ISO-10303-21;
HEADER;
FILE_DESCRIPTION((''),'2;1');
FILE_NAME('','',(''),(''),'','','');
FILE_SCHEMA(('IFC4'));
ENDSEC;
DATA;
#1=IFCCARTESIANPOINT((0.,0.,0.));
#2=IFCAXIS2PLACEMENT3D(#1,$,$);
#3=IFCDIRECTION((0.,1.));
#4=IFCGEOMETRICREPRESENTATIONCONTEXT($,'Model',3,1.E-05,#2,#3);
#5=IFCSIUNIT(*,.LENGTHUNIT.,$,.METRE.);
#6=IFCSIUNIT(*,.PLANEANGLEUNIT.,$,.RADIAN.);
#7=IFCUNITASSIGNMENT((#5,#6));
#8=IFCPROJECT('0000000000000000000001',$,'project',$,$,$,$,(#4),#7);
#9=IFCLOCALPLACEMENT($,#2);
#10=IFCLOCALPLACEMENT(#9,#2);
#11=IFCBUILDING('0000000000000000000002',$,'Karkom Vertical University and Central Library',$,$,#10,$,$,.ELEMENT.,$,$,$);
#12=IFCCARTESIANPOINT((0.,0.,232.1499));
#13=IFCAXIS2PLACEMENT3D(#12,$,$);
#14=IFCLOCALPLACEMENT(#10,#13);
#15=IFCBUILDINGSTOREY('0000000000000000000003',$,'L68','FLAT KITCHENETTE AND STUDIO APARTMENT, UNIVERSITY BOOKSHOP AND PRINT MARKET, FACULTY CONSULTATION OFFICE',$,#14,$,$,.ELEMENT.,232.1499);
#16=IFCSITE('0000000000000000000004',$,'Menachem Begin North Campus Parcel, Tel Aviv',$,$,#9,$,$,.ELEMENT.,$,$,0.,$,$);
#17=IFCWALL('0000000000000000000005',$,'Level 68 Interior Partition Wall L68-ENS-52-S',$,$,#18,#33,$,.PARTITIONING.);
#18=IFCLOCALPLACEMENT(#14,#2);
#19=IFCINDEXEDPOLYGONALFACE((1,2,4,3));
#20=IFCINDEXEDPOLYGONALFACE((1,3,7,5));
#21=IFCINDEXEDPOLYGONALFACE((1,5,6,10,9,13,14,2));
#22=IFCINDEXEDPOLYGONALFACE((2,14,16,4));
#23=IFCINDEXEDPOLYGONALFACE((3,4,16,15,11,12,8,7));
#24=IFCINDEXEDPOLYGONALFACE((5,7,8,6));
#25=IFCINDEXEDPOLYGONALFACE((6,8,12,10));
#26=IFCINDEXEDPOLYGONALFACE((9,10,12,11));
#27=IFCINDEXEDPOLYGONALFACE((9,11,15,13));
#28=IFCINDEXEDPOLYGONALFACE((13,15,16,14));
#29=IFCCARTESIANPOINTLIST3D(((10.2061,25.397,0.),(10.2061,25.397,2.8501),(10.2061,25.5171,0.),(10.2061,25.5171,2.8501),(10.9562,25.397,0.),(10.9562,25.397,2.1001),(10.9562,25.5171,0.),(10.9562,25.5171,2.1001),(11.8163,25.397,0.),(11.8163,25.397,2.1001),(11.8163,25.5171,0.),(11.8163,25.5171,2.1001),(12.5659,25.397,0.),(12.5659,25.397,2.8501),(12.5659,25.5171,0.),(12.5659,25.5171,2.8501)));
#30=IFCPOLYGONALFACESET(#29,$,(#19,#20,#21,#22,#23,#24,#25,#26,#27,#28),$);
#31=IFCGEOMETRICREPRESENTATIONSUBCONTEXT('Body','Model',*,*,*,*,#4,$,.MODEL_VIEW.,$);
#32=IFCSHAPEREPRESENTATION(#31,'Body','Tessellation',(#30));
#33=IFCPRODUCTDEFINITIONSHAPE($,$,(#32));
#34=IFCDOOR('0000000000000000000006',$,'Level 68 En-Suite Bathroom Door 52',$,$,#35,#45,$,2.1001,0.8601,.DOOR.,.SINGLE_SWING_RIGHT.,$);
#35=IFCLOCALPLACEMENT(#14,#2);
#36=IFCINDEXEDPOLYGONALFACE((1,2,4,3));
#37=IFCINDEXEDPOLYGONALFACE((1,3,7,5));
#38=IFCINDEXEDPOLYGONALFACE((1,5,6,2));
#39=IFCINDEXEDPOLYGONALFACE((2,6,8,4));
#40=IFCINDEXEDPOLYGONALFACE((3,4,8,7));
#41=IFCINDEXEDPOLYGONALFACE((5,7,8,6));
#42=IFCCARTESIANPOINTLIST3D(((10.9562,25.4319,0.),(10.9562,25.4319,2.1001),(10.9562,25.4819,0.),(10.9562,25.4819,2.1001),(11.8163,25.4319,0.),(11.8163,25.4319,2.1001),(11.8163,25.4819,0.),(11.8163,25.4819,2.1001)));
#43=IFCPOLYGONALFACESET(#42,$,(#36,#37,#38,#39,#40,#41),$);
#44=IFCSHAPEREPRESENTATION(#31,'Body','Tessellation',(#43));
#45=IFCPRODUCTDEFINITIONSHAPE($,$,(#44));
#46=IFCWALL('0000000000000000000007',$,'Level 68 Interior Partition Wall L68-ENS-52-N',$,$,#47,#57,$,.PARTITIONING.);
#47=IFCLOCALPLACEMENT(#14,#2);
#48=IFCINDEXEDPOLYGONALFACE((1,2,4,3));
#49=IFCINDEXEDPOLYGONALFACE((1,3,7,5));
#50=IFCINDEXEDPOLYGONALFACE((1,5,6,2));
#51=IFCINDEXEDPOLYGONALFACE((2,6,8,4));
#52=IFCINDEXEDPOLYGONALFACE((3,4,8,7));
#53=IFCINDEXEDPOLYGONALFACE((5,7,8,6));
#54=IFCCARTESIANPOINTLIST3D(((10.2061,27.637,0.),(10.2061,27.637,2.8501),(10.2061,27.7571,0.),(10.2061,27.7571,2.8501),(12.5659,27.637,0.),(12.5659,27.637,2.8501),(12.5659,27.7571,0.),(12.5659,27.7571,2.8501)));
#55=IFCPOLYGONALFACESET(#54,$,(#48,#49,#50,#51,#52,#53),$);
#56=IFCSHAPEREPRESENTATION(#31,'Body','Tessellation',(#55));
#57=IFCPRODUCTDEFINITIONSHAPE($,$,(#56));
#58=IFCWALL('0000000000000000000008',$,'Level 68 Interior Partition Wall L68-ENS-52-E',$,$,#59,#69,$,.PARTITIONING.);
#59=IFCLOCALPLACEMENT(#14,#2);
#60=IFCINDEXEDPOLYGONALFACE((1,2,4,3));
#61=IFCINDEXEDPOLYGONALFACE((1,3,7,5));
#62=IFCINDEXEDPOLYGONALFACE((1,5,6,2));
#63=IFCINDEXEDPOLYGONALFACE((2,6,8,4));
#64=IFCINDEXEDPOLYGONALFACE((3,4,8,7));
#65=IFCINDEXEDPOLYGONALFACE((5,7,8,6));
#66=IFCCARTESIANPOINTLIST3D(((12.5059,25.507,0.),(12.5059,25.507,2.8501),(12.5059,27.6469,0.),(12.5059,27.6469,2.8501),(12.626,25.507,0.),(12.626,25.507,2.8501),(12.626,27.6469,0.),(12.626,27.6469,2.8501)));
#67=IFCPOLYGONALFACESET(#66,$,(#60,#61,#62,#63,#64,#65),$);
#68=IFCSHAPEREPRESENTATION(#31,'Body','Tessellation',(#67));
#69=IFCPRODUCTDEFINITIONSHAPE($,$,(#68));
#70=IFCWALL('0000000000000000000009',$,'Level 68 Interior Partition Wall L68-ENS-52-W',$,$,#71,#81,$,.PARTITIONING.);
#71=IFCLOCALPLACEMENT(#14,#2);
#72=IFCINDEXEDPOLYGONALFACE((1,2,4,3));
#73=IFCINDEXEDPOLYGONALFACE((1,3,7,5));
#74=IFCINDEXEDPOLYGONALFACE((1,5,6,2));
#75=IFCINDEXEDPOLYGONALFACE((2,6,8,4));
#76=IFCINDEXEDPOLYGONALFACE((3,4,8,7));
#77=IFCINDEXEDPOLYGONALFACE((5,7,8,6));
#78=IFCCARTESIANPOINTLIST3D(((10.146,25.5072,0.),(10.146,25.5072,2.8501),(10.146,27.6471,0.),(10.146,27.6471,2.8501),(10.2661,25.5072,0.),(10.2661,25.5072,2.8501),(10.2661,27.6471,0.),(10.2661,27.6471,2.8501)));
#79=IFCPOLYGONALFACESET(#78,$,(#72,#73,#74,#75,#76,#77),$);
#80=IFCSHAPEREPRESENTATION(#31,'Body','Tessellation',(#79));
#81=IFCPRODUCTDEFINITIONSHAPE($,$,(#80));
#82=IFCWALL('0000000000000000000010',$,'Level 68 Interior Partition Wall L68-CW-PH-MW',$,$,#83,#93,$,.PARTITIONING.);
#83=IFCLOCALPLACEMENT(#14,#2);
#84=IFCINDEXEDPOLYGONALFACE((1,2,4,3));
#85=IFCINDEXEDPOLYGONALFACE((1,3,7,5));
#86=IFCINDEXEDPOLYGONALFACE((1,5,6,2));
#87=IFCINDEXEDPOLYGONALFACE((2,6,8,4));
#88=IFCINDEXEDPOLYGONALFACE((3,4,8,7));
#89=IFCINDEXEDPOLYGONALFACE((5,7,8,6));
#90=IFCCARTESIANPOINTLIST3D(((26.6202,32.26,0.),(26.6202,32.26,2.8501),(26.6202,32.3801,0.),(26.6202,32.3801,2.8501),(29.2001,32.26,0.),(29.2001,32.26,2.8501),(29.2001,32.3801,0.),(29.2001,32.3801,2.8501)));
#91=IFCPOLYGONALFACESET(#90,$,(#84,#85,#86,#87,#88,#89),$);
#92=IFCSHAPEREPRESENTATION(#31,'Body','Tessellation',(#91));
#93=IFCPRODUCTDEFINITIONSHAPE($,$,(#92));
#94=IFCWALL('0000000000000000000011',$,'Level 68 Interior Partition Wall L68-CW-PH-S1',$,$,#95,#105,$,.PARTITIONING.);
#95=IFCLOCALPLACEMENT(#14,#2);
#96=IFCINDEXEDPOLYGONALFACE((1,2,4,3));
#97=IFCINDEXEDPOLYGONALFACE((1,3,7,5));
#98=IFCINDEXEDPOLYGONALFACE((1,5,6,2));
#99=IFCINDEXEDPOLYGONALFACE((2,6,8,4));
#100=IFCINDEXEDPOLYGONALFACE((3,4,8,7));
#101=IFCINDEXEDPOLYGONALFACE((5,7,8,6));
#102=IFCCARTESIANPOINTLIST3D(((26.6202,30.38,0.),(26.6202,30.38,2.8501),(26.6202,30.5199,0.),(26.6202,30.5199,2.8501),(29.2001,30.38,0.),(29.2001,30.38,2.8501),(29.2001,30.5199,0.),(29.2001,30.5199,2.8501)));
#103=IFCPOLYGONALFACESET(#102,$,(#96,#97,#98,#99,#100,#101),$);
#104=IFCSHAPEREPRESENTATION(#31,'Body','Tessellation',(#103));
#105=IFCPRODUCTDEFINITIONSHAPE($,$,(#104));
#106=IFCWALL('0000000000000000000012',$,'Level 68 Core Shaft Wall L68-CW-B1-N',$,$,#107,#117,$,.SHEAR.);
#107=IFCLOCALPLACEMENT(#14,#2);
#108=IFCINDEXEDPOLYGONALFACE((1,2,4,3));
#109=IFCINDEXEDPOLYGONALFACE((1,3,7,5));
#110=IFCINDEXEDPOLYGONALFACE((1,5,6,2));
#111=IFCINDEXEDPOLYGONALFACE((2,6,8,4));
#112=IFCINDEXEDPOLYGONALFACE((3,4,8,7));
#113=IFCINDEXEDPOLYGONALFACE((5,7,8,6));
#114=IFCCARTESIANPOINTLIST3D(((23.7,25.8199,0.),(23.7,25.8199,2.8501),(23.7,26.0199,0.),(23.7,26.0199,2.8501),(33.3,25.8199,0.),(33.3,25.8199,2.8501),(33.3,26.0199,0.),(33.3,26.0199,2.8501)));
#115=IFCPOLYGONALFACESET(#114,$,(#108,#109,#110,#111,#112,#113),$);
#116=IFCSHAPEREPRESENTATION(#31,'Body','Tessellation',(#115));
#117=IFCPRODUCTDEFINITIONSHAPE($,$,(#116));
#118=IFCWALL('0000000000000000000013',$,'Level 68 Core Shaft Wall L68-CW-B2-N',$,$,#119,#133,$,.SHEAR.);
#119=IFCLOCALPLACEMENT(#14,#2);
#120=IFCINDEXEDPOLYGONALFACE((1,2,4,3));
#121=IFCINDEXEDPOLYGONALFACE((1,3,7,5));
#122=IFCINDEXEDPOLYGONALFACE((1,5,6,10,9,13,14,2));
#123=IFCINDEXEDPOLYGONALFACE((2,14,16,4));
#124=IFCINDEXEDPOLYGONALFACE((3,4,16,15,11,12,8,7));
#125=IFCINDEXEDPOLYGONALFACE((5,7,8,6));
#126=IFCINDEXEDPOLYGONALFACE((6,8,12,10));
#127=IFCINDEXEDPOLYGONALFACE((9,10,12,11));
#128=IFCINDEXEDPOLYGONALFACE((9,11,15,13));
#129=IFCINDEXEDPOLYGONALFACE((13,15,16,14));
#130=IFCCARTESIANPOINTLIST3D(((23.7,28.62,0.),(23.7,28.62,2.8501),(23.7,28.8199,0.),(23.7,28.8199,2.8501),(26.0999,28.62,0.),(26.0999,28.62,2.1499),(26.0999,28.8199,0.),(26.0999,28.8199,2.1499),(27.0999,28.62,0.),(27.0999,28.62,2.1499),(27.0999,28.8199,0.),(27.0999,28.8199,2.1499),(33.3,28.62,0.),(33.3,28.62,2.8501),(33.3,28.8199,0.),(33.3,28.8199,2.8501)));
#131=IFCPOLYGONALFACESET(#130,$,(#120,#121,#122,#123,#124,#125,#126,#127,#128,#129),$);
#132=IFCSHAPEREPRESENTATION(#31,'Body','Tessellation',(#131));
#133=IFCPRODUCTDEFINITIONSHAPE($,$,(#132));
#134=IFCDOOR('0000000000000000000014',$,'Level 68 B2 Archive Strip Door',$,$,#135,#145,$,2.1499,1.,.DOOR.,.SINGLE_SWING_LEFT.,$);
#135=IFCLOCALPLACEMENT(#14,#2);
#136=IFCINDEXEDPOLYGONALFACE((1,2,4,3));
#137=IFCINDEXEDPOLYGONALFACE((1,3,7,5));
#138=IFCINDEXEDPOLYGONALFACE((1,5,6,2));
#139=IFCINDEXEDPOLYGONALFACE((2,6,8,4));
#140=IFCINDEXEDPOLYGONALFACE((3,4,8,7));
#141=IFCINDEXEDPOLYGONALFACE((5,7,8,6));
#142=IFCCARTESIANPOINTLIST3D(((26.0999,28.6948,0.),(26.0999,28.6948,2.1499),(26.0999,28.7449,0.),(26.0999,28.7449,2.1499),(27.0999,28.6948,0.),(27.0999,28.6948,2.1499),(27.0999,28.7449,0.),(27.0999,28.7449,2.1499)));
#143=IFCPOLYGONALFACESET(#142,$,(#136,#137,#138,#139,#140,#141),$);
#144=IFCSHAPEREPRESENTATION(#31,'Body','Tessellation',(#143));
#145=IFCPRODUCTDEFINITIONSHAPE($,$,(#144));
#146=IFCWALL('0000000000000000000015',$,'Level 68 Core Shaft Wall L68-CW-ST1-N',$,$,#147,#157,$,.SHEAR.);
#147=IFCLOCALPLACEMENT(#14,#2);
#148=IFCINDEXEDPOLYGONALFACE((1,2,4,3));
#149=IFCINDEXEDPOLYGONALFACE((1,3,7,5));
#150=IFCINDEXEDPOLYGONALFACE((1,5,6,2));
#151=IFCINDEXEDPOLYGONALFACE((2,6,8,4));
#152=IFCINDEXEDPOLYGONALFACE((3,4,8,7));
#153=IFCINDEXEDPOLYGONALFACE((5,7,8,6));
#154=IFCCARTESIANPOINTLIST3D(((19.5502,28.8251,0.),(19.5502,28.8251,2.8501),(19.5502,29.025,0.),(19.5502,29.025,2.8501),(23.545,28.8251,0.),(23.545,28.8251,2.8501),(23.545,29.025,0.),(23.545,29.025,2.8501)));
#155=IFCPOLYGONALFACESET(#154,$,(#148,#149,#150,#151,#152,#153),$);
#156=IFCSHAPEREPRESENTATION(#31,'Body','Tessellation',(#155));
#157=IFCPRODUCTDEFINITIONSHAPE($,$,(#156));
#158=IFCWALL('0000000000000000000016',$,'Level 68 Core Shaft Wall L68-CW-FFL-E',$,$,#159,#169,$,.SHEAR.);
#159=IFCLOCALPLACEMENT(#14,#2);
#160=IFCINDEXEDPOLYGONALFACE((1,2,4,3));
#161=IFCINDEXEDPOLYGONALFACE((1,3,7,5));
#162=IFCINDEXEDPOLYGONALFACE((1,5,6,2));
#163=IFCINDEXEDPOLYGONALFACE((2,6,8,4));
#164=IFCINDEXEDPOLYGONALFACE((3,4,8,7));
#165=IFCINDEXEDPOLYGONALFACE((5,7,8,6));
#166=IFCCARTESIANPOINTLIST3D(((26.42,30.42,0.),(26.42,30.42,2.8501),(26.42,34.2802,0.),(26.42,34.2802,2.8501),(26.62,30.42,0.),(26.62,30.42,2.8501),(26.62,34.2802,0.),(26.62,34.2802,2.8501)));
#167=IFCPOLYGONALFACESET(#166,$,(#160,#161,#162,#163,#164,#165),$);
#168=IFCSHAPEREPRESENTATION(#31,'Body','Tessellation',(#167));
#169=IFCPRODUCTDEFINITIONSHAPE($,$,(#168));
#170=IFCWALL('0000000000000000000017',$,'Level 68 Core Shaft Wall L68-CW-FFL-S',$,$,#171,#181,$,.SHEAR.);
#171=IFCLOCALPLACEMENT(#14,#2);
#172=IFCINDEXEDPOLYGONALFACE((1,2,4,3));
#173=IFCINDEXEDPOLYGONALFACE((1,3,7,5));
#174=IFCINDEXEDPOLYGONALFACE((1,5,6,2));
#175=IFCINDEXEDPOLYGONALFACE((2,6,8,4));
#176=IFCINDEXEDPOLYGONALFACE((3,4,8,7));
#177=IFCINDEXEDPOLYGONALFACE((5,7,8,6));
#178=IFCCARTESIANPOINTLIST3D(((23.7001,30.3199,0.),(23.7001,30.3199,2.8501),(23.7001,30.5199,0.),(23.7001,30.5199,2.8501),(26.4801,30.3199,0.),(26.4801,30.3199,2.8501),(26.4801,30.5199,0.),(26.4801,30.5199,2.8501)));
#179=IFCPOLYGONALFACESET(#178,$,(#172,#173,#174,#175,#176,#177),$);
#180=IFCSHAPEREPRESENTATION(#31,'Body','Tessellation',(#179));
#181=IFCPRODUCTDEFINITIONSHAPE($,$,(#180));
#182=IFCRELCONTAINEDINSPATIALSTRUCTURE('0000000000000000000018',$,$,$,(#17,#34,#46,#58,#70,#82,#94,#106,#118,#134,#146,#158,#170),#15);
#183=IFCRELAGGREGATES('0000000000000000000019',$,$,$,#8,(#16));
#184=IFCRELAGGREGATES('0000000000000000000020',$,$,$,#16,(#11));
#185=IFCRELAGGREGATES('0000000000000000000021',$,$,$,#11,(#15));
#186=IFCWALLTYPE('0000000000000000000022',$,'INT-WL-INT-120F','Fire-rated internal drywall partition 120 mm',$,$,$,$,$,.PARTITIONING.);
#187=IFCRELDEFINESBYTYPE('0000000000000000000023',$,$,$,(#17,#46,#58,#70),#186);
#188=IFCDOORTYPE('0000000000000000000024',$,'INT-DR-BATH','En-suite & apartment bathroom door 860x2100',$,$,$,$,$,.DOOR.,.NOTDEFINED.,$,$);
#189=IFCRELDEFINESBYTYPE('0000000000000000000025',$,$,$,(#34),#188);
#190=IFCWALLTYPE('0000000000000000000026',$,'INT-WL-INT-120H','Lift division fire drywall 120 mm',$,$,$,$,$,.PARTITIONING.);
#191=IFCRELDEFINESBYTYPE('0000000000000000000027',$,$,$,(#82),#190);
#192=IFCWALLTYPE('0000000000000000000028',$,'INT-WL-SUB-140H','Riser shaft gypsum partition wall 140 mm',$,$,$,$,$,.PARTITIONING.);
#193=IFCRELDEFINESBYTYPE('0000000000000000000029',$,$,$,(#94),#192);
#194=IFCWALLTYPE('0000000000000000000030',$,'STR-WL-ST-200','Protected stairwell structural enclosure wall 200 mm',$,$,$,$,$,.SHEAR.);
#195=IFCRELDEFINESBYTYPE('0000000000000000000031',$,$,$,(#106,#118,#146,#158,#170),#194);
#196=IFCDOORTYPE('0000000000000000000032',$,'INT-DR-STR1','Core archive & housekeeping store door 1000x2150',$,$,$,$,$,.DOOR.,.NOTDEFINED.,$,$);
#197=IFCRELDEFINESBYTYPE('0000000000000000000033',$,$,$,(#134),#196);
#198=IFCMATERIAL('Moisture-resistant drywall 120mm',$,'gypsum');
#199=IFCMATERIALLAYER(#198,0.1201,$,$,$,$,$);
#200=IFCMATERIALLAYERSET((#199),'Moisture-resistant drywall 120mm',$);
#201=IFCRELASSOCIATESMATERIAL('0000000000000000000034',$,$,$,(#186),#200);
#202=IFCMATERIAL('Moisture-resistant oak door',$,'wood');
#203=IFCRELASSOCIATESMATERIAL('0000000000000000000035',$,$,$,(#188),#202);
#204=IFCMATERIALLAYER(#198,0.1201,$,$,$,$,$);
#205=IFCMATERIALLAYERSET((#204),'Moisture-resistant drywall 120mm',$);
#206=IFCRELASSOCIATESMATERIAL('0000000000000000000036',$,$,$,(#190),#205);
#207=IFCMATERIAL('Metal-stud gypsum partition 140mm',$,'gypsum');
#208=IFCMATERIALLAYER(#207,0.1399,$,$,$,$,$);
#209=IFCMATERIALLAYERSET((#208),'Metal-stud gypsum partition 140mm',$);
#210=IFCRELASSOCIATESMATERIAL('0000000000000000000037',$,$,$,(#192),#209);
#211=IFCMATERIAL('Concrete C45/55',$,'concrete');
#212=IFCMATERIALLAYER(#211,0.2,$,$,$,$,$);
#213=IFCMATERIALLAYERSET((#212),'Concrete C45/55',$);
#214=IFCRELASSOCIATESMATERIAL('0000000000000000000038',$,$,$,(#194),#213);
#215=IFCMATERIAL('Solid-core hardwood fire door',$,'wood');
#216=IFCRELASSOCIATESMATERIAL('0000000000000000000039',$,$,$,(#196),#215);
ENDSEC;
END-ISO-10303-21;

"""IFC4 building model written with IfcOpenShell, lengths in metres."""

from ifc_helpers import new_model, si_unit, direction, frame, frame_2d, origin, origin_with_axes, place, context, subcontext, project, spatial, rectangle, extrude, source, transform, mapped, material, layer, layer_set, type_object, element, fill, save


model = new_model("IFC4")

# Units and contexts
model_context = context("Model", 3, precision=1e-05, world=origin(), true_north=direction((0.0, 1.0)))
body_context = subcontext(model_context, "Body", "Model", "MODEL_VIEW")
ifc_project = project(units=[si_unit("LENGTHUNIT", "METRE"), si_unit("PLANEANGLEUNIT", "RADIAN")], contexts=[model_context])

# Site, building, storey
site_placement = place(None, origin())
site = spatial("IfcSite", under=ifc_project, at=site_placement, Name="Menachem Begin North Campus Parcel, Tel Aviv", CompositionType="ELEMENT", RefElevation=0.0)
building_placement = place(site_placement, origin())
building = spatial("IfcBuilding", under=site, at=building_placement, Name="Karkom Vertical University and Central Library", CompositionType="ELEMENT")
storey_placement = place(building_placement, frame((0.0, 0.0, 232.1499)))
storey = spatial("IfcBuildingStorey", under=building, at=storey_placement, Name="L68", Description="FLAT KITCHENETTE AND STUDIO APARTMENT, UNIVERSITY BOOKSHOP AND PRINT MARKET, FACULTY CONSULTATION OFFICE", CompositionType="ELEMENT", Elevation=232.1499)

# Wall, opening, door
ifc_material_1 = material(Name="Moisture-resistant drywall 120mm", Category="gypsum")
ifc_layer_1 = layer(ifc_material_1, 0.1201)
ifc_layer_set_1 = layer_set([ifc_layer_1], Name="Moisture-resistant drywall 120mm")
wall_type_1 = type_object("IfcWallType", Name="INT-WL-INT-120F", Description="Fire-rated internal drywall partition 120 mm", PredefinedType="PARTITIONING", material=ifc_layer_set_1)
wall_1_placement = place(storey_placement, frame((10.2061, 25.457, 0.0), z_axis=(0.0, 0.0, 1.0), x_axis=(1.0, 0.0, 0.0)))
wall_1 = element("IfcWall", 1, at=wall_1_placement, inside=storey, type_object=wall_type_1, Name="Level 68 Interior Partition Wall L68-ENS-52-S", PredefinedType="PARTITIONING", context=body_context, shape_type="SweptSolid", body=[
    extrude(rectangle(XDim=2.3599, YDim=0.1201, at=frame_2d((1.1799, 0.0))), origin(), (0.0, 0.0, 1.0), 2.8501),
])
opening_1_placement = place(wall_1_placement, frame((0.75, 0.0, 0.0)))
opening_1 = element("IfcOpeningElement", 2, at=opening_1_placement, cuts=wall_1, PredefinedType="OPENING", context=body_context, shape_type="SweptSolid", body=[
    extrude(rectangle(XDim=0.8601, YDim=2.1001, at=frame_2d((0.4302, 1.05))), frame((0.0, 0.0701, 0.0), z_axis=(0.0, -1.0, 0.0), x_axis=(1.0, 0.0, 0.0)), (0.0, 0.0, 1.0), 0.1401),
])
ifc_material_2 = material(Name="Moisture-resistant oak door", Category="wood")
door_type_1 = type_object("IfcDoorType", Name="INT-DR-BATH", Description="En-suite & apartment bathroom door 860x2100", OperationType="NOTDEFINED", PredefinedType="DOOR", material=ifc_material_2)
shared_shape_1 = source(origin_with_axes(), body_context, "Body", "SweptSolid", [
    extrude(rectangle(XDim=0.8601, YDim=2.1001, at=frame_2d((0.4302, 1.05))), frame((0.0, 0.0249, 0.0), z_axis=(0.0, -1.0, 0.0), x_axis=(1.0, 0.0, 0.0)), (0.0, 0.0, 1.0), 0.05),
])
door_1_placement = place(opening_1_placement, origin())
door_1 = element("IfcDoor", 3, at=door_1_placement, inside=storey, type_object=door_type_1, Name="Level 68 En-Suite Bathroom Door 52", OperationType="SINGLE_SWING_RIGHT", OverallHeight=2.1001, OverallWidth=0.8601, PredefinedType="DOOR", context=body_context, shape_type="MappedRepresentation", body=[
    mapped(shared_shape_1, transform((0.0, 0.0, 0.0), scale=1.0)),
])
fill(opening_1, door_1)

# Walls
wall_2_placement = place(storey_placement, frame((12.5659, 27.697, 0.0), z_axis=(0.0, 0.0, 1.0), x_axis=(-1.0, 0.0, 0.0)))
element("IfcWall", 4, at=wall_2_placement, inside=storey, type_object=wall_type_1, Name="Level 68 Interior Partition Wall L68-ENS-52-N", PredefinedType="PARTITIONING", context=body_context, shape_type="SweptSolid", body=[
    extrude(rectangle(XDim=2.3599, YDim=0.1201, at=frame_2d((1.1799, 0.0))), origin(), (0.0, 0.0, 1.0), 2.8501),
])
for number, where, z_axis, x_axis, name in (
    (5, (12.5659, 25.5071, 0.0), (0.0, 0.0, 1.0), (0.0, 1.0, 0.0), "Level 68 Interior Partition Wall L68-ENS-52-E"),
    (6, (10.2061, 27.647, 0.0), (0.0, 0.0, 1.0), (0.0, -1.0, 0.0), "Level 68 Interior Partition Wall L68-ENS-52-W"),
):
    element("IfcWall", number, at=place(storey_placement, frame(where, z_axis=z_axis, x_axis=x_axis)), inside=storey, type_object=wall_type_1, Name=name, PredefinedType="PARTITIONING", context=body_context, shape_type="SweptSolid", body=[
        extrude(rectangle(XDim=2.1399, YDim=0.1201, at=frame_2d((1.0698, 0.0))), origin(), (0.0, 0.0, 1.0), 2.8501),
    ])
ifc_layer_2 = layer(ifc_material_1, 0.1201)
ifc_layer_set_2 = layer_set([ifc_layer_2], Name="Moisture-resistant drywall 120mm")
wall_type_2 = type_object("IfcWallType", Name="INT-WL-INT-120H", Description="Lift division fire drywall 120 mm", PredefinedType="PARTITIONING", material=ifc_layer_set_2)
wall_3_placement = place(storey_placement, frame((26.6201, 32.3201, 0.0), z_axis=(0.0, 0.0, 1.0), x_axis=(1.0, 0.0, 0.0)))
element("IfcWall", 7, at=wall_3_placement, inside=storey, type_object=wall_type_2, Name="Level 68 Interior Partition Wall L68-CW-PH-MW", PredefinedType="PARTITIONING", context=body_context, shape_type="SweptSolid", body=[
    extrude(rectangle(XDim=2.5798, YDim=0.1201, at=frame_2d((1.29, 0.0))), origin(), (0.0, 0.0, 1.0), 2.8501),
])

# Shared definitions
ifc_material_3 = material(Name="Metal-stud gypsum partition 140mm", Category="gypsum")

# Walls
ifc_layer_3 = layer(ifc_material_3, 0.1399)
ifc_layer_set_3 = layer_set([ifc_layer_3], Name="Metal-stud gypsum partition 140mm")
wall_type_3 = type_object("IfcWallType", Name="INT-WL-SUB-140H", Description="Riser shaft gypsum partition wall 140 mm", PredefinedType="PARTITIONING", material=ifc_layer_set_3)
wall_4_placement = place(storey_placement, frame((26.6201, 30.45, 0.0), z_axis=(0.0, 0.0, 1.0), x_axis=(1.0, 0.0, 0.0)))
element("IfcWall", 8, at=wall_4_placement, inside=storey, type_object=wall_type_3, Name="Level 68 Interior Partition Wall L68-CW-PH-S1", PredefinedType="PARTITIONING", context=body_context, shape_type="SweptSolid", body=[
    extrude(rectangle(XDim=2.5798, YDim=0.1399, at=frame_2d((1.29, 0.0))), origin(), (0.0, 0.0, 1.0), 2.8501),
])
ifc_material_4 = material(Name="Concrete C45/55", Category="concrete")
ifc_layer_4 = layer(ifc_material_4, 0.2)
ifc_layer_set_4 = layer_set([ifc_layer_4], Name="Concrete C45/55")
wall_type_4 = type_object("IfcWallType", Name="STR-WL-ST-200", Description="Protected stairwell structural enclosure wall 200 mm", PredefinedType="SHEAR", material=ifc_layer_set_4)
wall_5_placement = place(storey_placement, frame((23.7, 25.9199, 0.0), z_axis=(0.0, 0.0, 1.0), x_axis=(1.0, 0.0, 0.0)))
element("IfcWall", 9, at=wall_5_placement, inside=storey, type_object=wall_type_4, Name="Level 68 Core Shaft Wall L68-CW-B1-N", PredefinedType="SHEAR", context=body_context, shape_type="SweptSolid", body=[
    extrude(rectangle(XDim=9.6001, YDim=0.2, at=frame_2d((4.8, 0.0))), origin(), (0.0, 0.0, 1.0), 2.8501),
])

# Wall, opening, door
wall_6_placement = place(storey_placement, frame((23.7, 28.72, 0.0), z_axis=(0.0, 0.0, 1.0), x_axis=(1.0, 0.0, 0.0)))
wall_6 = element("IfcWall", 10, at=wall_6_placement, inside=storey, type_object=wall_type_4, Name="Level 68 Core Shaft Wall L68-CW-B2-N", PredefinedType="SHEAR", context=body_context, shape_type="SweptSolid", body=[
    extrude(rectangle(XDim=9.6001, YDim=0.2, at=frame_2d((4.8, 0.0))), origin(), (0.0, 0.0, 1.0), 2.8501),
])
opening_2_placement = place(wall_6_placement, frame((2.3999, 0.0, 0.0)))
opening_2 = element("IfcOpeningElement", 11, at=opening_2_placement, cuts=wall_6, PredefinedType="OPENING", context=body_context, shape_type="SweptSolid", body=[
    extrude(rectangle(XDim=1.0, YDim=2.1499, at=frame_2d((0.5, 1.075))), frame((0.0, 0.1099, 0.0), z_axis=(0.0, -1.0, 0.0), x_axis=(1.0, 0.0, 0.0)), (0.0, 0.0, 1.0), 0.22),
])
ifc_material_5 = material(Name="Solid-core hardwood fire door", Category="wood")
door_type_2 = type_object("IfcDoorType", Name="INT-DR-STR1", Description="Core archive & housekeeping store door 1000x2150", OperationType="NOTDEFINED", PredefinedType="DOOR", material=ifc_material_5)
shared_shape_2 = source(origin_with_axes(), body_context, "Body", "SweptSolid", [
    extrude(rectangle(XDim=1.0, YDim=2.1499, at=frame_2d((0.5, 1.075))), frame((0.0, 0.0249, 0.0), z_axis=(0.0, -1.0, 0.0), x_axis=(1.0, 0.0, 0.0)), (0.0, 0.0, 1.0), 0.05),
])
door_2_placement = place(opening_2_placement, origin())
door_2 = element("IfcDoor", 12, at=door_2_placement, inside=storey, type_object=door_type_2, Name="Level 68 B2 Archive Strip Door", OperationType="SINGLE_SWING_LEFT", OverallHeight=2.1499, OverallWidth=1.0, PredefinedType="DOOR", context=body_context, shape_type="MappedRepresentation", body=[
    mapped(shared_shape_2, transform((0.0, 0.0, 0.0), scale=1.0)),
])
fill(opening_2, door_2)

# Walls
wall_7_placement = place(storey_placement, frame((19.55, 28.925, 0.0), z_axis=(0.0, 0.0, 1.0), x_axis=(1.0, 0.0, 0.0)))
element("IfcWall", 13, at=wall_7_placement, inside=storey, type_object=wall_type_4, Name="Level 68 Core Shaft Wall L68-CW-ST1-N", PredefinedType="SHEAR", context=body_context, shape_type="SweptSolid", body=[
    extrude(rectangle(XDim=3.9949, YDim=0.2, at=frame_2d((1.9976, 0.0))), origin(), (0.0, 0.0, 1.0), 2.8501),
])
wall_8_placement = place(storey_placement, frame((26.52, 30.4199, 0.0), z_axis=(0.0, 0.0, 1.0), x_axis=(0.0, 1.0, 0.0)))
element("IfcWall", 14, at=wall_8_placement, inside=storey, type_object=wall_type_4, Name="Level 68 Core Shaft Wall L68-CW-FFL-E", PredefinedType="SHEAR", context=body_context, shape_type="SweptSolid", body=[
    extrude(rectangle(XDim=3.8601, YDim=0.2, at=frame_2d((1.9302, 0.0))), origin(), (0.0, 0.0, 1.0), 2.8501),
])
wall_9_placement = place(storey_placement, frame((23.7, 30.4199, 0.0), z_axis=(0.0, 0.0, 1.0), x_axis=(1.0, 0.0, 0.0)))
element("IfcWall", 15, at=wall_9_placement, inside=storey, type_object=wall_type_4, Name="Level 68 Core Shaft Wall L68-CW-FFL-S", PredefinedType="SHEAR", context=body_context, shape_type="SweptSolid", body=[
    extrude(rectangle(XDim=2.78, YDim=0.2, at=frame_2d((1.3901, 0.0))), origin(), (0.0, 0.0, 1.0), 2.8501),
])

save(model, "model.ifc")
